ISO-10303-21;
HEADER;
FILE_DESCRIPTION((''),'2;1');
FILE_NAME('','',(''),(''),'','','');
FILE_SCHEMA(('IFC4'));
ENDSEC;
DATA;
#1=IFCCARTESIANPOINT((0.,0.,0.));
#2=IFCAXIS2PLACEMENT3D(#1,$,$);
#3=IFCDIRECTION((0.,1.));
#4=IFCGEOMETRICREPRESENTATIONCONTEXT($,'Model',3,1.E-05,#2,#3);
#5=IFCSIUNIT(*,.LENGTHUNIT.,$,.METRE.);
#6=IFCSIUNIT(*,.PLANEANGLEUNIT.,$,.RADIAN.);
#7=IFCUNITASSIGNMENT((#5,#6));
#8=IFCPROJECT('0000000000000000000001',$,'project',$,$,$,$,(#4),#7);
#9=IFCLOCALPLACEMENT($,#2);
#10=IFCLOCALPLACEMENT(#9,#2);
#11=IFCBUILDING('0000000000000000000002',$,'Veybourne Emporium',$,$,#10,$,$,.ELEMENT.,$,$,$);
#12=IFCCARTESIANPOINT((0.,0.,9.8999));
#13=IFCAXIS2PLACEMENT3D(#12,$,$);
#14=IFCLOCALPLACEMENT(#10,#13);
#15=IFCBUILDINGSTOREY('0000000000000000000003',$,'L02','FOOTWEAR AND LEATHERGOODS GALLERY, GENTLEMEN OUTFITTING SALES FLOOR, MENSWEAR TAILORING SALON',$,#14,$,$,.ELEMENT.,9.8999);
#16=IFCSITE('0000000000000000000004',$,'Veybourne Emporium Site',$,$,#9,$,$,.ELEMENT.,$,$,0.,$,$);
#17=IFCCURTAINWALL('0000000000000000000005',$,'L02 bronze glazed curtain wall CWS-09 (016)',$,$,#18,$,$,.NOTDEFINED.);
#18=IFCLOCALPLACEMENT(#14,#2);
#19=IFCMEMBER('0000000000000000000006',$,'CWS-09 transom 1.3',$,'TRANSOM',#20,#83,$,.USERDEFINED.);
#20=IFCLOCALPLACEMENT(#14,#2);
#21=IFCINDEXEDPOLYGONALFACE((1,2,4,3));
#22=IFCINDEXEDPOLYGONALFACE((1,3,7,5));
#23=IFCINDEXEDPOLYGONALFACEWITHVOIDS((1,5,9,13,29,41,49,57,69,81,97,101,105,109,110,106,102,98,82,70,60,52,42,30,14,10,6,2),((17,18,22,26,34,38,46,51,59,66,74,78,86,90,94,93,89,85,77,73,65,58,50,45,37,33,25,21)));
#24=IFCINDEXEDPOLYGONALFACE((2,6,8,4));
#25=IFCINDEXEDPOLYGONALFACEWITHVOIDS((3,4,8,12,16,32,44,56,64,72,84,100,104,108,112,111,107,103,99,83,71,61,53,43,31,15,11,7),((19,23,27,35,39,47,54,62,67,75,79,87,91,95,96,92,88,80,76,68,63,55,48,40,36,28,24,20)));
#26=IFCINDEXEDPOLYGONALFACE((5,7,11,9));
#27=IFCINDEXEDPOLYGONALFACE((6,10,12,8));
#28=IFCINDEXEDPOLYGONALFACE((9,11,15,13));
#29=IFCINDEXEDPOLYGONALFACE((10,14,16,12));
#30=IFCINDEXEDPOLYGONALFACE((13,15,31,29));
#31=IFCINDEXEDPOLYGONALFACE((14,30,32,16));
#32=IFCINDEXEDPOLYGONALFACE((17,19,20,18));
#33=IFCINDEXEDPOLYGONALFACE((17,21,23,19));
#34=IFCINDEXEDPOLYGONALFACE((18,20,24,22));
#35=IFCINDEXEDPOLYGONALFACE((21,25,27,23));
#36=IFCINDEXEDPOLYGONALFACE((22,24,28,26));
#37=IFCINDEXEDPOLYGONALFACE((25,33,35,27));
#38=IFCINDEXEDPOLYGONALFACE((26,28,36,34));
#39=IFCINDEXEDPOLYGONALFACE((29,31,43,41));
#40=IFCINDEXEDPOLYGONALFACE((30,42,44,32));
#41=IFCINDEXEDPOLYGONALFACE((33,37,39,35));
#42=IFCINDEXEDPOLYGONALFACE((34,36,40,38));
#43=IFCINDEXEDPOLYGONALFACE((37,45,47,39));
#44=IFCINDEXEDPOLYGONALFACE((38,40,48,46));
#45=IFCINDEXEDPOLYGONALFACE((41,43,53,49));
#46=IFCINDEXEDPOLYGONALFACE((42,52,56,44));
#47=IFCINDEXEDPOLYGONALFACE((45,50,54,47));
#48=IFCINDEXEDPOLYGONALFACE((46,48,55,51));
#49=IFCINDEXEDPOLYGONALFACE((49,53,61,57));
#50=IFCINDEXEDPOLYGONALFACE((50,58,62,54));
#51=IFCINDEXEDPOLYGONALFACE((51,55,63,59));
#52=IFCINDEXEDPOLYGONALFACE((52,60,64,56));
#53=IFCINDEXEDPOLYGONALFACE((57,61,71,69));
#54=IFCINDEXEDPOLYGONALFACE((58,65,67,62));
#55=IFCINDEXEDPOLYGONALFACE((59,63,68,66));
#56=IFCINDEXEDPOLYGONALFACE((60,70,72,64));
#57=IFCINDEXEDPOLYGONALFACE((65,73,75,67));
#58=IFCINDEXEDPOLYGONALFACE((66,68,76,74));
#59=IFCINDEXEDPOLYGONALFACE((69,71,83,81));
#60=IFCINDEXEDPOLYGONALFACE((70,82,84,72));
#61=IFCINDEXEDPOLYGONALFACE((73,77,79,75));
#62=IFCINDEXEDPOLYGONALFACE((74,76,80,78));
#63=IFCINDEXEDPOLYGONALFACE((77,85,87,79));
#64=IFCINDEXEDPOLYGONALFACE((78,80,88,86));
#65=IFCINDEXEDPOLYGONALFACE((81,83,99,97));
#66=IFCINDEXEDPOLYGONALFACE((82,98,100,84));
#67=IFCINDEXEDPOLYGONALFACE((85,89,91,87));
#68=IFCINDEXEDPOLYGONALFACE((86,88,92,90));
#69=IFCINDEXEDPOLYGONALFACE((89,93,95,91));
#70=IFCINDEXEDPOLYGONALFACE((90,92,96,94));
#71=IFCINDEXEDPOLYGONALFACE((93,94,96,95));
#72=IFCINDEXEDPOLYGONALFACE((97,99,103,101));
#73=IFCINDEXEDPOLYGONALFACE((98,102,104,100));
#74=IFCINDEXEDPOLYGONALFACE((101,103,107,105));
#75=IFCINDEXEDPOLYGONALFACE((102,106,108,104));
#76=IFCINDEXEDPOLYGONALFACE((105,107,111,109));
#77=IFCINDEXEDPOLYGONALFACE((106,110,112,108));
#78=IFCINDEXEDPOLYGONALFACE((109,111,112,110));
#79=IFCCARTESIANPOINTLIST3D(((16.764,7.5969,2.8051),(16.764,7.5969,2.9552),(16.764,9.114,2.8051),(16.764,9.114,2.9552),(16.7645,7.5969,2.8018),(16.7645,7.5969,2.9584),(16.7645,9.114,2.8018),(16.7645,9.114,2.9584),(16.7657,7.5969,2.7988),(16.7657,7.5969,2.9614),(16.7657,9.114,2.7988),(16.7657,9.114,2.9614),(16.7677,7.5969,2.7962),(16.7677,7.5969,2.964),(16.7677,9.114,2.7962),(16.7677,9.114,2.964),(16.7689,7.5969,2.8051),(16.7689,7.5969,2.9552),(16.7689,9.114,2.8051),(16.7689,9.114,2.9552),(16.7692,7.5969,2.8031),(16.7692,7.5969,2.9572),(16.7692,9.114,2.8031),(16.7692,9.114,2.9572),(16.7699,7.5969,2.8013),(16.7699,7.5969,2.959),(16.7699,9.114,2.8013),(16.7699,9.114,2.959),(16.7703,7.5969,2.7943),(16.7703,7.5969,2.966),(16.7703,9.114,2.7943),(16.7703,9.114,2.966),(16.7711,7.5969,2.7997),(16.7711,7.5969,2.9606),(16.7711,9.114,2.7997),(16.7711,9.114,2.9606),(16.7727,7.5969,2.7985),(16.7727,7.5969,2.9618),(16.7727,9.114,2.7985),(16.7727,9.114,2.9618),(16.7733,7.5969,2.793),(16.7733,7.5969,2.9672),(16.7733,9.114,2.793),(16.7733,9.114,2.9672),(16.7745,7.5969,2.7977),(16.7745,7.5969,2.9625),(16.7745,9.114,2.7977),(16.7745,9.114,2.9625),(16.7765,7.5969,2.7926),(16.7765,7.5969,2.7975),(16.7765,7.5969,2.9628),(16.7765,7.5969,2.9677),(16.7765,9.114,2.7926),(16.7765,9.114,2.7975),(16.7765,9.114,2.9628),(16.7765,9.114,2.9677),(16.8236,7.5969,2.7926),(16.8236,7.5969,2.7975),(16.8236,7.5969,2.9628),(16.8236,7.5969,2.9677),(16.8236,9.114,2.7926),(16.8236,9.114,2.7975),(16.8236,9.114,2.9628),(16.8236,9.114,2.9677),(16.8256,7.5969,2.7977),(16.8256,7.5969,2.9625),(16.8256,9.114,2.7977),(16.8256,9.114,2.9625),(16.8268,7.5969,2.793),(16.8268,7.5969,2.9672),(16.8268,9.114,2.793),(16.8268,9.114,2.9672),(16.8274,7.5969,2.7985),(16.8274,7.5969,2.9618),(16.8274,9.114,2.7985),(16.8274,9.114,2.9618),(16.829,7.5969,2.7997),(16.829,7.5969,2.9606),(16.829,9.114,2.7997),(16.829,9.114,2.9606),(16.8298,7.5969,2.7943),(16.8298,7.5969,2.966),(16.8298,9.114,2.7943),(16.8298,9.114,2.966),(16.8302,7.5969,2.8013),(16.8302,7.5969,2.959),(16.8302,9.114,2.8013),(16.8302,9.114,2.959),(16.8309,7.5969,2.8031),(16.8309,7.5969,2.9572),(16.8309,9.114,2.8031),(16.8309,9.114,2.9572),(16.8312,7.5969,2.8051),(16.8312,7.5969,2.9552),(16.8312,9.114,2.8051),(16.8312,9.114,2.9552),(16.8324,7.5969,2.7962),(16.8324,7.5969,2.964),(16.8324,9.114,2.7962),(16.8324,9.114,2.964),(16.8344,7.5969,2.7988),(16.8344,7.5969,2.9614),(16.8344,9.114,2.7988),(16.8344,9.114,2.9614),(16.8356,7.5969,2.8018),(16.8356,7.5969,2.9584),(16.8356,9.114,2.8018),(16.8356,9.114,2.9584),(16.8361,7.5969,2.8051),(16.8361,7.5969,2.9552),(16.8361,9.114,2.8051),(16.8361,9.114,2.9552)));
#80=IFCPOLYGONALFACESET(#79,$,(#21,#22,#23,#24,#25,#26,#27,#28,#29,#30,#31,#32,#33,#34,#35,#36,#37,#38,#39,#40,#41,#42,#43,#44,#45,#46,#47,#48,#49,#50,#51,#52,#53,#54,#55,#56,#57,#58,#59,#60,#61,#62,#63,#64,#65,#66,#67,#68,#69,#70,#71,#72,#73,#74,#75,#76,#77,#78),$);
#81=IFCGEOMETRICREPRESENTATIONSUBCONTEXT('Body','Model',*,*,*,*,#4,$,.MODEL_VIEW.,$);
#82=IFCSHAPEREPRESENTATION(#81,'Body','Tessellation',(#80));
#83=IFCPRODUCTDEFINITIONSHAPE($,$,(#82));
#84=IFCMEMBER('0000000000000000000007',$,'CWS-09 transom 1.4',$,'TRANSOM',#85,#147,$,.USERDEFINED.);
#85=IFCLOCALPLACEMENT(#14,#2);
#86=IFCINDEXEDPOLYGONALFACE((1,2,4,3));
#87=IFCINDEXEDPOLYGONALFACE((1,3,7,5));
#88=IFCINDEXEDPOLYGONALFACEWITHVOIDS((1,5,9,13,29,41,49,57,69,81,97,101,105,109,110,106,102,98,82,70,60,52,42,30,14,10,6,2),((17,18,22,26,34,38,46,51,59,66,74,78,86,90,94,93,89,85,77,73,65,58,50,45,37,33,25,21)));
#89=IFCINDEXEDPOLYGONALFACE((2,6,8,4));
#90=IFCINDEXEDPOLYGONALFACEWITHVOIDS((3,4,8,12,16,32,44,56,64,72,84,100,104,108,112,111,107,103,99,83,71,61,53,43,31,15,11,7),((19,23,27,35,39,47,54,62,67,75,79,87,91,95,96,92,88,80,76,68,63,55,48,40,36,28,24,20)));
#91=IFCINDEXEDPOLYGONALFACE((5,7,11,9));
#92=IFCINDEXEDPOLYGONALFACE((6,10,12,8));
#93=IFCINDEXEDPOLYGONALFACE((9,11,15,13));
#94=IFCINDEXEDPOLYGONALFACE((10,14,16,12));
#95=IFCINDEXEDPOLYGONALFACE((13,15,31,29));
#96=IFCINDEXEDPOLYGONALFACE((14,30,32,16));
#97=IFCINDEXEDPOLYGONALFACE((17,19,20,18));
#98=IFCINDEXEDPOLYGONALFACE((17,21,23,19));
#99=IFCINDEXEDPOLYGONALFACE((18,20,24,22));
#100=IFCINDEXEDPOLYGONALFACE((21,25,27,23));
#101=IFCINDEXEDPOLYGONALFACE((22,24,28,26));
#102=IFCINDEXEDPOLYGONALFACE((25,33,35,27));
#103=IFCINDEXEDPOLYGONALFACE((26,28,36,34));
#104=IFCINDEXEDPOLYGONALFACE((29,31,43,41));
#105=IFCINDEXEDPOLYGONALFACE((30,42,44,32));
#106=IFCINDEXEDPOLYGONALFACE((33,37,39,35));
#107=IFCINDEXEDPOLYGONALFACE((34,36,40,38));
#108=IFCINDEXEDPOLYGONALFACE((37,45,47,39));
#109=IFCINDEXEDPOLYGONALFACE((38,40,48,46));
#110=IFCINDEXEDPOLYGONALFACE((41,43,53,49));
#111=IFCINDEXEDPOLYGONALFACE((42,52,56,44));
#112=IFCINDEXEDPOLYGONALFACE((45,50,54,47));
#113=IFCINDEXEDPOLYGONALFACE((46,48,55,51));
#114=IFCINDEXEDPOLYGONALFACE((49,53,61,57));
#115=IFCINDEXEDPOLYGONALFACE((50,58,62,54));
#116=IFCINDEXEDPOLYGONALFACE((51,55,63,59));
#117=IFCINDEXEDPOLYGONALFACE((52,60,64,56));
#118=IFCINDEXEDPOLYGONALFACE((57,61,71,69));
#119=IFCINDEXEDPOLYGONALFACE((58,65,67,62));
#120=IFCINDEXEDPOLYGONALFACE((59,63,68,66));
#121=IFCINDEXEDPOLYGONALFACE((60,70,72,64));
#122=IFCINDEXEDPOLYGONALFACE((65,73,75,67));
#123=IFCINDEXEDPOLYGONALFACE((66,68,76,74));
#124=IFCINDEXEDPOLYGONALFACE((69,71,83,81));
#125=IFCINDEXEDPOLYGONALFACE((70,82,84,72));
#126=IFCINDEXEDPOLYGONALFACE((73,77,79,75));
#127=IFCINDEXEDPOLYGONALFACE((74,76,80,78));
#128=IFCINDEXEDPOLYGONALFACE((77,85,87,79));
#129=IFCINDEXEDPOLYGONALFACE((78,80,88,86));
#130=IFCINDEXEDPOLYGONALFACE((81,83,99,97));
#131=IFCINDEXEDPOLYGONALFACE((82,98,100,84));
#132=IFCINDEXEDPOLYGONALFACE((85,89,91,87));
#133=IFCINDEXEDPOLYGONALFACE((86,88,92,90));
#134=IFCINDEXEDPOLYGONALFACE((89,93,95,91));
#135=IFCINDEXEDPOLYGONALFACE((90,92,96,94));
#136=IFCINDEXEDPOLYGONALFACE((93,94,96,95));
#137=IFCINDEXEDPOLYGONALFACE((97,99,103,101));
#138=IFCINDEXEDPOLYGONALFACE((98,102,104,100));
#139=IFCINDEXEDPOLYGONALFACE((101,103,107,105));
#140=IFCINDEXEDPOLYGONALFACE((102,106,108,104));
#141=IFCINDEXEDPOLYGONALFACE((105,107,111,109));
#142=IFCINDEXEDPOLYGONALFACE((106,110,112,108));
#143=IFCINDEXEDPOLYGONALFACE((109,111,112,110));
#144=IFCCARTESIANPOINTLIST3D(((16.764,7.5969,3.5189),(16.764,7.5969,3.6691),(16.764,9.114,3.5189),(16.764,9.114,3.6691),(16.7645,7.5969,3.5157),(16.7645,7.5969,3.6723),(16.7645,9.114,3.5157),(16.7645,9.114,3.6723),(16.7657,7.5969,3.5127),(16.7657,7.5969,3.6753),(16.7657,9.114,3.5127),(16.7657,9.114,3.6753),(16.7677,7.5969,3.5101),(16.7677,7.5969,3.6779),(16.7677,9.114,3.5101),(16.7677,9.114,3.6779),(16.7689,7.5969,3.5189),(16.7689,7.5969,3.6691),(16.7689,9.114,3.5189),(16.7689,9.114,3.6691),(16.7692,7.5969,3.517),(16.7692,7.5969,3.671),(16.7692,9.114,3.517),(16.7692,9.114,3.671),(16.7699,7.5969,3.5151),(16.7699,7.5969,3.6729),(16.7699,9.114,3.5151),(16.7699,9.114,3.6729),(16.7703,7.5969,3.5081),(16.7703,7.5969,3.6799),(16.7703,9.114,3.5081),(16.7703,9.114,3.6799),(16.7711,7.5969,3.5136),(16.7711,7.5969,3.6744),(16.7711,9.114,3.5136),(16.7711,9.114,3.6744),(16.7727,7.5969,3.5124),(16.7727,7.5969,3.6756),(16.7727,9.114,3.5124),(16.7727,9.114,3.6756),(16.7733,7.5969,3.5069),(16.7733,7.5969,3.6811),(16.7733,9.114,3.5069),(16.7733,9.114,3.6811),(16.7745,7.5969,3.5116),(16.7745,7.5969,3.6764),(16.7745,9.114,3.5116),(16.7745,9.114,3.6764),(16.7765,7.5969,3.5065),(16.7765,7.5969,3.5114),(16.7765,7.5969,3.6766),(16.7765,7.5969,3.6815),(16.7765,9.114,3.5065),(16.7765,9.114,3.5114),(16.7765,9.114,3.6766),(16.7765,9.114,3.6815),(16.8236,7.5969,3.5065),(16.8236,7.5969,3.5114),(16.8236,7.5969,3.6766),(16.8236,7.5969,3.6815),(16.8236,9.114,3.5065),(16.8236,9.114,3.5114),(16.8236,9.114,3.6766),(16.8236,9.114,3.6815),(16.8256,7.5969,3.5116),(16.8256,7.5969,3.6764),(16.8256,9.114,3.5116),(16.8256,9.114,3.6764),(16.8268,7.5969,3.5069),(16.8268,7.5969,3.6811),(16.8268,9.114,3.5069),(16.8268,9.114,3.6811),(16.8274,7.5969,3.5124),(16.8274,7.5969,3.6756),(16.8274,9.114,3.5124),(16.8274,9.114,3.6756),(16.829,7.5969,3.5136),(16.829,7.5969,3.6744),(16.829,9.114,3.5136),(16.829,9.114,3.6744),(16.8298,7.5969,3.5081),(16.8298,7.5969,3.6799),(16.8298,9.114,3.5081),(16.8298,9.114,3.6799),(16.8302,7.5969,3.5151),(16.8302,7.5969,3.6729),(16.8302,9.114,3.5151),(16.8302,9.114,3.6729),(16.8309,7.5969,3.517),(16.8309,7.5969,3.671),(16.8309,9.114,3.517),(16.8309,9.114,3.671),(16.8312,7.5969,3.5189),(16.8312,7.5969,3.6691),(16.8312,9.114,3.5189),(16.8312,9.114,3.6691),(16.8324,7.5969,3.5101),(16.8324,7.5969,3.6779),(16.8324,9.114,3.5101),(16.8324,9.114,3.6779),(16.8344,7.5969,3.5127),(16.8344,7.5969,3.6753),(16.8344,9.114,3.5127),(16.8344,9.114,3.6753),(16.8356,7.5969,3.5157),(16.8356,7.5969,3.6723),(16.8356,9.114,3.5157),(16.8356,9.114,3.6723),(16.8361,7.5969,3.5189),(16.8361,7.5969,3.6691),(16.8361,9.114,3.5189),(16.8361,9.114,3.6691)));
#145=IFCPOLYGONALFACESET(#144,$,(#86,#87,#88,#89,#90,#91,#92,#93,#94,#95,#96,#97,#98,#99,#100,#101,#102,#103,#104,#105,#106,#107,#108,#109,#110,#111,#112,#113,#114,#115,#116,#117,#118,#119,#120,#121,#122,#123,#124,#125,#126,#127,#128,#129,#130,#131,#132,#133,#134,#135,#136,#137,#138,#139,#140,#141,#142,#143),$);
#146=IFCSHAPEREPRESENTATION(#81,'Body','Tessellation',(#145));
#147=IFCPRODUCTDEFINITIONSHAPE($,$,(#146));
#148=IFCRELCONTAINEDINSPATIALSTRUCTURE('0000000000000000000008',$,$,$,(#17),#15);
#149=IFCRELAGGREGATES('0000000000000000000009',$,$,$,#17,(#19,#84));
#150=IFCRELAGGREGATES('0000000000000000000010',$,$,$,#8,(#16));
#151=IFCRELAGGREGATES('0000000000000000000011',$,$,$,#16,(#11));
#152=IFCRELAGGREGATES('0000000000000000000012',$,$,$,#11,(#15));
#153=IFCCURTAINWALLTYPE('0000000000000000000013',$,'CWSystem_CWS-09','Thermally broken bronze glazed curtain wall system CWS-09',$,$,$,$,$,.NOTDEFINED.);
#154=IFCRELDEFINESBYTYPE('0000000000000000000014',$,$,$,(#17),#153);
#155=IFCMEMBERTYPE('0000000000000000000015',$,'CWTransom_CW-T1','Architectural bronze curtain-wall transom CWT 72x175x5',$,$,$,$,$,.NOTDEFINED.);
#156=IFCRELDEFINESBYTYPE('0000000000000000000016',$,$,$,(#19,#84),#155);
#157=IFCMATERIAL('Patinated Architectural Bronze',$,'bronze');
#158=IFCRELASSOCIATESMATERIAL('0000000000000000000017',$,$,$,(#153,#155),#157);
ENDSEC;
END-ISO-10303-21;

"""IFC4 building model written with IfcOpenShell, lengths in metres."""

from ifc_helpers import new_model, si_unit, direction, frame, origin, origin_2d, place, context, subcontext, project, spatial, hollow_rectangle, extrude, material, material_profile, profile_set, type_object, element, aggregate, save


model = new_model("IFC4")

# Units and contexts
model_context = context("Model", 3, precision=1e-05, world=origin(), true_north=direction((0.0, 1.0)))
body_context = subcontext(model_context, "Body", "Model", "MODEL_VIEW")
ifc_project = project(units=[si_unit("LENGTHUNIT", "METRE"), si_unit("PLANEANGLEUNIT", "RADIAN")], contexts=[model_context])

# Site, building, storey
site_placement = place(None, origin())
site = spatial("IfcSite", under=ifc_project, at=site_placement, Name="Veybourne Emporium Site", CompositionType="ELEMENT", RefElevation=0.0)
building_placement = place(site_placement, origin())
building = spatial("IfcBuilding", under=site, at=building_placement, Name="Veybourne Emporium", CompositionType="ELEMENT")
storey_placement = place(building_placement, frame((0.0, 0.0, 9.8999)))
storey = spatial("IfcBuildingStorey", under=building, at=storey_placement, Name="L02", Description="FOOTWEAR AND LEATHERGOODS GALLERY, GENTLEMEN OUTFITTING SALES FLOOR, MENSWEAR TAILORING SALON", CompositionType="ELEMENT", Elevation=9.8999)

# Curtain wall
ifc_material_1 = material(Name="Patinated Architectural Bronze", Category="bronze")
curtain_wall_type_1 = type_object("IfcCurtainWallType", Name="CWSystem_CWS-09", Description="Thermally broken bronze glazed curtain wall system CWS-09", PredefinedType="NOTDEFINED", material=ifc_material_1)
curtain_wall_1_placement = place(storey_placement, origin())
curtain_wall_1 = element("IfcCurtainWall", 1, at=curtain_wall_1_placement, inside=storey, type_object=curtain_wall_type_1, Name="L02 bronze glazed curtain wall CWS-09 (016)", PredefinedType="NOTDEFINED")

# Members
ifc_material_profile_1 = material_profile(ifc_material_1, hollow_rectangle(XDim=0.072, YDim=0.175, WallThickness=0.0049, InnerFilletRadius=0.0076, OuterFilletRadius=0.0125, at=origin_2d()), Name="CWT 72x175x5")
ifc_profile_set_1 = profile_set([ifc_material_profile_1], Name="Patinated Architectural Bronze")
member_type_1 = type_object("IfcMemberType", Name="CWTransom_CW-T1", Description="Architectural bronze curtain-wall transom CWT 72x175x5", PredefinedType="NOTDEFINED", material=ifc_profile_set_1)
member_1_placement = place(storey_placement, frame((16.8, 7.5969, 2.8801), z_axis=(0.0, 1.0, 0.0), x_axis=(-1.0, 0.0, 0.0)))
member_1 = element("IfcMember", 2, at=member_1_placement, type_object=member_type_1, Name="CWS-09 transom 1.3", ObjectType="TRANSOM", PredefinedType="USERDEFINED", context=body_context, shape_type="SweptSolid", body=[
    extrude(hollow_rectangle(XDim=0.072, YDim=0.175, WallThickness=0.0049, InnerFilletRadius=0.0076, OuterFilletRadius=0.0125, at=origin_2d()), origin(), (0.0, 0.0, 1.0), 1.5171),
])
member_2_placement = place(storey_placement, frame((16.8, 7.5969, 3.594), z_axis=(0.0, 1.0, 0.0), x_axis=(-1.0, 0.0, 0.0)))
member_2 = element("IfcMember", 3, at=member_2_placement, type_object=member_type_1, Name="CWS-09 transom 1.4", ObjectType="TRANSOM", PredefinedType="USERDEFINED", context=body_context, shape_type="SweptSolid", body=[
    extrude(hollow_rectangle(XDim=0.072, YDim=0.175, WallThickness=0.0049, InnerFilletRadius=0.0076, OuterFilletRadius=0.0125, at=origin_2d()), origin(), (0.0, 0.0, 1.0), 1.5171),
])

aggregate(curtain_wall_1, [member_1, member_2])

save(model, "model.ifc")
